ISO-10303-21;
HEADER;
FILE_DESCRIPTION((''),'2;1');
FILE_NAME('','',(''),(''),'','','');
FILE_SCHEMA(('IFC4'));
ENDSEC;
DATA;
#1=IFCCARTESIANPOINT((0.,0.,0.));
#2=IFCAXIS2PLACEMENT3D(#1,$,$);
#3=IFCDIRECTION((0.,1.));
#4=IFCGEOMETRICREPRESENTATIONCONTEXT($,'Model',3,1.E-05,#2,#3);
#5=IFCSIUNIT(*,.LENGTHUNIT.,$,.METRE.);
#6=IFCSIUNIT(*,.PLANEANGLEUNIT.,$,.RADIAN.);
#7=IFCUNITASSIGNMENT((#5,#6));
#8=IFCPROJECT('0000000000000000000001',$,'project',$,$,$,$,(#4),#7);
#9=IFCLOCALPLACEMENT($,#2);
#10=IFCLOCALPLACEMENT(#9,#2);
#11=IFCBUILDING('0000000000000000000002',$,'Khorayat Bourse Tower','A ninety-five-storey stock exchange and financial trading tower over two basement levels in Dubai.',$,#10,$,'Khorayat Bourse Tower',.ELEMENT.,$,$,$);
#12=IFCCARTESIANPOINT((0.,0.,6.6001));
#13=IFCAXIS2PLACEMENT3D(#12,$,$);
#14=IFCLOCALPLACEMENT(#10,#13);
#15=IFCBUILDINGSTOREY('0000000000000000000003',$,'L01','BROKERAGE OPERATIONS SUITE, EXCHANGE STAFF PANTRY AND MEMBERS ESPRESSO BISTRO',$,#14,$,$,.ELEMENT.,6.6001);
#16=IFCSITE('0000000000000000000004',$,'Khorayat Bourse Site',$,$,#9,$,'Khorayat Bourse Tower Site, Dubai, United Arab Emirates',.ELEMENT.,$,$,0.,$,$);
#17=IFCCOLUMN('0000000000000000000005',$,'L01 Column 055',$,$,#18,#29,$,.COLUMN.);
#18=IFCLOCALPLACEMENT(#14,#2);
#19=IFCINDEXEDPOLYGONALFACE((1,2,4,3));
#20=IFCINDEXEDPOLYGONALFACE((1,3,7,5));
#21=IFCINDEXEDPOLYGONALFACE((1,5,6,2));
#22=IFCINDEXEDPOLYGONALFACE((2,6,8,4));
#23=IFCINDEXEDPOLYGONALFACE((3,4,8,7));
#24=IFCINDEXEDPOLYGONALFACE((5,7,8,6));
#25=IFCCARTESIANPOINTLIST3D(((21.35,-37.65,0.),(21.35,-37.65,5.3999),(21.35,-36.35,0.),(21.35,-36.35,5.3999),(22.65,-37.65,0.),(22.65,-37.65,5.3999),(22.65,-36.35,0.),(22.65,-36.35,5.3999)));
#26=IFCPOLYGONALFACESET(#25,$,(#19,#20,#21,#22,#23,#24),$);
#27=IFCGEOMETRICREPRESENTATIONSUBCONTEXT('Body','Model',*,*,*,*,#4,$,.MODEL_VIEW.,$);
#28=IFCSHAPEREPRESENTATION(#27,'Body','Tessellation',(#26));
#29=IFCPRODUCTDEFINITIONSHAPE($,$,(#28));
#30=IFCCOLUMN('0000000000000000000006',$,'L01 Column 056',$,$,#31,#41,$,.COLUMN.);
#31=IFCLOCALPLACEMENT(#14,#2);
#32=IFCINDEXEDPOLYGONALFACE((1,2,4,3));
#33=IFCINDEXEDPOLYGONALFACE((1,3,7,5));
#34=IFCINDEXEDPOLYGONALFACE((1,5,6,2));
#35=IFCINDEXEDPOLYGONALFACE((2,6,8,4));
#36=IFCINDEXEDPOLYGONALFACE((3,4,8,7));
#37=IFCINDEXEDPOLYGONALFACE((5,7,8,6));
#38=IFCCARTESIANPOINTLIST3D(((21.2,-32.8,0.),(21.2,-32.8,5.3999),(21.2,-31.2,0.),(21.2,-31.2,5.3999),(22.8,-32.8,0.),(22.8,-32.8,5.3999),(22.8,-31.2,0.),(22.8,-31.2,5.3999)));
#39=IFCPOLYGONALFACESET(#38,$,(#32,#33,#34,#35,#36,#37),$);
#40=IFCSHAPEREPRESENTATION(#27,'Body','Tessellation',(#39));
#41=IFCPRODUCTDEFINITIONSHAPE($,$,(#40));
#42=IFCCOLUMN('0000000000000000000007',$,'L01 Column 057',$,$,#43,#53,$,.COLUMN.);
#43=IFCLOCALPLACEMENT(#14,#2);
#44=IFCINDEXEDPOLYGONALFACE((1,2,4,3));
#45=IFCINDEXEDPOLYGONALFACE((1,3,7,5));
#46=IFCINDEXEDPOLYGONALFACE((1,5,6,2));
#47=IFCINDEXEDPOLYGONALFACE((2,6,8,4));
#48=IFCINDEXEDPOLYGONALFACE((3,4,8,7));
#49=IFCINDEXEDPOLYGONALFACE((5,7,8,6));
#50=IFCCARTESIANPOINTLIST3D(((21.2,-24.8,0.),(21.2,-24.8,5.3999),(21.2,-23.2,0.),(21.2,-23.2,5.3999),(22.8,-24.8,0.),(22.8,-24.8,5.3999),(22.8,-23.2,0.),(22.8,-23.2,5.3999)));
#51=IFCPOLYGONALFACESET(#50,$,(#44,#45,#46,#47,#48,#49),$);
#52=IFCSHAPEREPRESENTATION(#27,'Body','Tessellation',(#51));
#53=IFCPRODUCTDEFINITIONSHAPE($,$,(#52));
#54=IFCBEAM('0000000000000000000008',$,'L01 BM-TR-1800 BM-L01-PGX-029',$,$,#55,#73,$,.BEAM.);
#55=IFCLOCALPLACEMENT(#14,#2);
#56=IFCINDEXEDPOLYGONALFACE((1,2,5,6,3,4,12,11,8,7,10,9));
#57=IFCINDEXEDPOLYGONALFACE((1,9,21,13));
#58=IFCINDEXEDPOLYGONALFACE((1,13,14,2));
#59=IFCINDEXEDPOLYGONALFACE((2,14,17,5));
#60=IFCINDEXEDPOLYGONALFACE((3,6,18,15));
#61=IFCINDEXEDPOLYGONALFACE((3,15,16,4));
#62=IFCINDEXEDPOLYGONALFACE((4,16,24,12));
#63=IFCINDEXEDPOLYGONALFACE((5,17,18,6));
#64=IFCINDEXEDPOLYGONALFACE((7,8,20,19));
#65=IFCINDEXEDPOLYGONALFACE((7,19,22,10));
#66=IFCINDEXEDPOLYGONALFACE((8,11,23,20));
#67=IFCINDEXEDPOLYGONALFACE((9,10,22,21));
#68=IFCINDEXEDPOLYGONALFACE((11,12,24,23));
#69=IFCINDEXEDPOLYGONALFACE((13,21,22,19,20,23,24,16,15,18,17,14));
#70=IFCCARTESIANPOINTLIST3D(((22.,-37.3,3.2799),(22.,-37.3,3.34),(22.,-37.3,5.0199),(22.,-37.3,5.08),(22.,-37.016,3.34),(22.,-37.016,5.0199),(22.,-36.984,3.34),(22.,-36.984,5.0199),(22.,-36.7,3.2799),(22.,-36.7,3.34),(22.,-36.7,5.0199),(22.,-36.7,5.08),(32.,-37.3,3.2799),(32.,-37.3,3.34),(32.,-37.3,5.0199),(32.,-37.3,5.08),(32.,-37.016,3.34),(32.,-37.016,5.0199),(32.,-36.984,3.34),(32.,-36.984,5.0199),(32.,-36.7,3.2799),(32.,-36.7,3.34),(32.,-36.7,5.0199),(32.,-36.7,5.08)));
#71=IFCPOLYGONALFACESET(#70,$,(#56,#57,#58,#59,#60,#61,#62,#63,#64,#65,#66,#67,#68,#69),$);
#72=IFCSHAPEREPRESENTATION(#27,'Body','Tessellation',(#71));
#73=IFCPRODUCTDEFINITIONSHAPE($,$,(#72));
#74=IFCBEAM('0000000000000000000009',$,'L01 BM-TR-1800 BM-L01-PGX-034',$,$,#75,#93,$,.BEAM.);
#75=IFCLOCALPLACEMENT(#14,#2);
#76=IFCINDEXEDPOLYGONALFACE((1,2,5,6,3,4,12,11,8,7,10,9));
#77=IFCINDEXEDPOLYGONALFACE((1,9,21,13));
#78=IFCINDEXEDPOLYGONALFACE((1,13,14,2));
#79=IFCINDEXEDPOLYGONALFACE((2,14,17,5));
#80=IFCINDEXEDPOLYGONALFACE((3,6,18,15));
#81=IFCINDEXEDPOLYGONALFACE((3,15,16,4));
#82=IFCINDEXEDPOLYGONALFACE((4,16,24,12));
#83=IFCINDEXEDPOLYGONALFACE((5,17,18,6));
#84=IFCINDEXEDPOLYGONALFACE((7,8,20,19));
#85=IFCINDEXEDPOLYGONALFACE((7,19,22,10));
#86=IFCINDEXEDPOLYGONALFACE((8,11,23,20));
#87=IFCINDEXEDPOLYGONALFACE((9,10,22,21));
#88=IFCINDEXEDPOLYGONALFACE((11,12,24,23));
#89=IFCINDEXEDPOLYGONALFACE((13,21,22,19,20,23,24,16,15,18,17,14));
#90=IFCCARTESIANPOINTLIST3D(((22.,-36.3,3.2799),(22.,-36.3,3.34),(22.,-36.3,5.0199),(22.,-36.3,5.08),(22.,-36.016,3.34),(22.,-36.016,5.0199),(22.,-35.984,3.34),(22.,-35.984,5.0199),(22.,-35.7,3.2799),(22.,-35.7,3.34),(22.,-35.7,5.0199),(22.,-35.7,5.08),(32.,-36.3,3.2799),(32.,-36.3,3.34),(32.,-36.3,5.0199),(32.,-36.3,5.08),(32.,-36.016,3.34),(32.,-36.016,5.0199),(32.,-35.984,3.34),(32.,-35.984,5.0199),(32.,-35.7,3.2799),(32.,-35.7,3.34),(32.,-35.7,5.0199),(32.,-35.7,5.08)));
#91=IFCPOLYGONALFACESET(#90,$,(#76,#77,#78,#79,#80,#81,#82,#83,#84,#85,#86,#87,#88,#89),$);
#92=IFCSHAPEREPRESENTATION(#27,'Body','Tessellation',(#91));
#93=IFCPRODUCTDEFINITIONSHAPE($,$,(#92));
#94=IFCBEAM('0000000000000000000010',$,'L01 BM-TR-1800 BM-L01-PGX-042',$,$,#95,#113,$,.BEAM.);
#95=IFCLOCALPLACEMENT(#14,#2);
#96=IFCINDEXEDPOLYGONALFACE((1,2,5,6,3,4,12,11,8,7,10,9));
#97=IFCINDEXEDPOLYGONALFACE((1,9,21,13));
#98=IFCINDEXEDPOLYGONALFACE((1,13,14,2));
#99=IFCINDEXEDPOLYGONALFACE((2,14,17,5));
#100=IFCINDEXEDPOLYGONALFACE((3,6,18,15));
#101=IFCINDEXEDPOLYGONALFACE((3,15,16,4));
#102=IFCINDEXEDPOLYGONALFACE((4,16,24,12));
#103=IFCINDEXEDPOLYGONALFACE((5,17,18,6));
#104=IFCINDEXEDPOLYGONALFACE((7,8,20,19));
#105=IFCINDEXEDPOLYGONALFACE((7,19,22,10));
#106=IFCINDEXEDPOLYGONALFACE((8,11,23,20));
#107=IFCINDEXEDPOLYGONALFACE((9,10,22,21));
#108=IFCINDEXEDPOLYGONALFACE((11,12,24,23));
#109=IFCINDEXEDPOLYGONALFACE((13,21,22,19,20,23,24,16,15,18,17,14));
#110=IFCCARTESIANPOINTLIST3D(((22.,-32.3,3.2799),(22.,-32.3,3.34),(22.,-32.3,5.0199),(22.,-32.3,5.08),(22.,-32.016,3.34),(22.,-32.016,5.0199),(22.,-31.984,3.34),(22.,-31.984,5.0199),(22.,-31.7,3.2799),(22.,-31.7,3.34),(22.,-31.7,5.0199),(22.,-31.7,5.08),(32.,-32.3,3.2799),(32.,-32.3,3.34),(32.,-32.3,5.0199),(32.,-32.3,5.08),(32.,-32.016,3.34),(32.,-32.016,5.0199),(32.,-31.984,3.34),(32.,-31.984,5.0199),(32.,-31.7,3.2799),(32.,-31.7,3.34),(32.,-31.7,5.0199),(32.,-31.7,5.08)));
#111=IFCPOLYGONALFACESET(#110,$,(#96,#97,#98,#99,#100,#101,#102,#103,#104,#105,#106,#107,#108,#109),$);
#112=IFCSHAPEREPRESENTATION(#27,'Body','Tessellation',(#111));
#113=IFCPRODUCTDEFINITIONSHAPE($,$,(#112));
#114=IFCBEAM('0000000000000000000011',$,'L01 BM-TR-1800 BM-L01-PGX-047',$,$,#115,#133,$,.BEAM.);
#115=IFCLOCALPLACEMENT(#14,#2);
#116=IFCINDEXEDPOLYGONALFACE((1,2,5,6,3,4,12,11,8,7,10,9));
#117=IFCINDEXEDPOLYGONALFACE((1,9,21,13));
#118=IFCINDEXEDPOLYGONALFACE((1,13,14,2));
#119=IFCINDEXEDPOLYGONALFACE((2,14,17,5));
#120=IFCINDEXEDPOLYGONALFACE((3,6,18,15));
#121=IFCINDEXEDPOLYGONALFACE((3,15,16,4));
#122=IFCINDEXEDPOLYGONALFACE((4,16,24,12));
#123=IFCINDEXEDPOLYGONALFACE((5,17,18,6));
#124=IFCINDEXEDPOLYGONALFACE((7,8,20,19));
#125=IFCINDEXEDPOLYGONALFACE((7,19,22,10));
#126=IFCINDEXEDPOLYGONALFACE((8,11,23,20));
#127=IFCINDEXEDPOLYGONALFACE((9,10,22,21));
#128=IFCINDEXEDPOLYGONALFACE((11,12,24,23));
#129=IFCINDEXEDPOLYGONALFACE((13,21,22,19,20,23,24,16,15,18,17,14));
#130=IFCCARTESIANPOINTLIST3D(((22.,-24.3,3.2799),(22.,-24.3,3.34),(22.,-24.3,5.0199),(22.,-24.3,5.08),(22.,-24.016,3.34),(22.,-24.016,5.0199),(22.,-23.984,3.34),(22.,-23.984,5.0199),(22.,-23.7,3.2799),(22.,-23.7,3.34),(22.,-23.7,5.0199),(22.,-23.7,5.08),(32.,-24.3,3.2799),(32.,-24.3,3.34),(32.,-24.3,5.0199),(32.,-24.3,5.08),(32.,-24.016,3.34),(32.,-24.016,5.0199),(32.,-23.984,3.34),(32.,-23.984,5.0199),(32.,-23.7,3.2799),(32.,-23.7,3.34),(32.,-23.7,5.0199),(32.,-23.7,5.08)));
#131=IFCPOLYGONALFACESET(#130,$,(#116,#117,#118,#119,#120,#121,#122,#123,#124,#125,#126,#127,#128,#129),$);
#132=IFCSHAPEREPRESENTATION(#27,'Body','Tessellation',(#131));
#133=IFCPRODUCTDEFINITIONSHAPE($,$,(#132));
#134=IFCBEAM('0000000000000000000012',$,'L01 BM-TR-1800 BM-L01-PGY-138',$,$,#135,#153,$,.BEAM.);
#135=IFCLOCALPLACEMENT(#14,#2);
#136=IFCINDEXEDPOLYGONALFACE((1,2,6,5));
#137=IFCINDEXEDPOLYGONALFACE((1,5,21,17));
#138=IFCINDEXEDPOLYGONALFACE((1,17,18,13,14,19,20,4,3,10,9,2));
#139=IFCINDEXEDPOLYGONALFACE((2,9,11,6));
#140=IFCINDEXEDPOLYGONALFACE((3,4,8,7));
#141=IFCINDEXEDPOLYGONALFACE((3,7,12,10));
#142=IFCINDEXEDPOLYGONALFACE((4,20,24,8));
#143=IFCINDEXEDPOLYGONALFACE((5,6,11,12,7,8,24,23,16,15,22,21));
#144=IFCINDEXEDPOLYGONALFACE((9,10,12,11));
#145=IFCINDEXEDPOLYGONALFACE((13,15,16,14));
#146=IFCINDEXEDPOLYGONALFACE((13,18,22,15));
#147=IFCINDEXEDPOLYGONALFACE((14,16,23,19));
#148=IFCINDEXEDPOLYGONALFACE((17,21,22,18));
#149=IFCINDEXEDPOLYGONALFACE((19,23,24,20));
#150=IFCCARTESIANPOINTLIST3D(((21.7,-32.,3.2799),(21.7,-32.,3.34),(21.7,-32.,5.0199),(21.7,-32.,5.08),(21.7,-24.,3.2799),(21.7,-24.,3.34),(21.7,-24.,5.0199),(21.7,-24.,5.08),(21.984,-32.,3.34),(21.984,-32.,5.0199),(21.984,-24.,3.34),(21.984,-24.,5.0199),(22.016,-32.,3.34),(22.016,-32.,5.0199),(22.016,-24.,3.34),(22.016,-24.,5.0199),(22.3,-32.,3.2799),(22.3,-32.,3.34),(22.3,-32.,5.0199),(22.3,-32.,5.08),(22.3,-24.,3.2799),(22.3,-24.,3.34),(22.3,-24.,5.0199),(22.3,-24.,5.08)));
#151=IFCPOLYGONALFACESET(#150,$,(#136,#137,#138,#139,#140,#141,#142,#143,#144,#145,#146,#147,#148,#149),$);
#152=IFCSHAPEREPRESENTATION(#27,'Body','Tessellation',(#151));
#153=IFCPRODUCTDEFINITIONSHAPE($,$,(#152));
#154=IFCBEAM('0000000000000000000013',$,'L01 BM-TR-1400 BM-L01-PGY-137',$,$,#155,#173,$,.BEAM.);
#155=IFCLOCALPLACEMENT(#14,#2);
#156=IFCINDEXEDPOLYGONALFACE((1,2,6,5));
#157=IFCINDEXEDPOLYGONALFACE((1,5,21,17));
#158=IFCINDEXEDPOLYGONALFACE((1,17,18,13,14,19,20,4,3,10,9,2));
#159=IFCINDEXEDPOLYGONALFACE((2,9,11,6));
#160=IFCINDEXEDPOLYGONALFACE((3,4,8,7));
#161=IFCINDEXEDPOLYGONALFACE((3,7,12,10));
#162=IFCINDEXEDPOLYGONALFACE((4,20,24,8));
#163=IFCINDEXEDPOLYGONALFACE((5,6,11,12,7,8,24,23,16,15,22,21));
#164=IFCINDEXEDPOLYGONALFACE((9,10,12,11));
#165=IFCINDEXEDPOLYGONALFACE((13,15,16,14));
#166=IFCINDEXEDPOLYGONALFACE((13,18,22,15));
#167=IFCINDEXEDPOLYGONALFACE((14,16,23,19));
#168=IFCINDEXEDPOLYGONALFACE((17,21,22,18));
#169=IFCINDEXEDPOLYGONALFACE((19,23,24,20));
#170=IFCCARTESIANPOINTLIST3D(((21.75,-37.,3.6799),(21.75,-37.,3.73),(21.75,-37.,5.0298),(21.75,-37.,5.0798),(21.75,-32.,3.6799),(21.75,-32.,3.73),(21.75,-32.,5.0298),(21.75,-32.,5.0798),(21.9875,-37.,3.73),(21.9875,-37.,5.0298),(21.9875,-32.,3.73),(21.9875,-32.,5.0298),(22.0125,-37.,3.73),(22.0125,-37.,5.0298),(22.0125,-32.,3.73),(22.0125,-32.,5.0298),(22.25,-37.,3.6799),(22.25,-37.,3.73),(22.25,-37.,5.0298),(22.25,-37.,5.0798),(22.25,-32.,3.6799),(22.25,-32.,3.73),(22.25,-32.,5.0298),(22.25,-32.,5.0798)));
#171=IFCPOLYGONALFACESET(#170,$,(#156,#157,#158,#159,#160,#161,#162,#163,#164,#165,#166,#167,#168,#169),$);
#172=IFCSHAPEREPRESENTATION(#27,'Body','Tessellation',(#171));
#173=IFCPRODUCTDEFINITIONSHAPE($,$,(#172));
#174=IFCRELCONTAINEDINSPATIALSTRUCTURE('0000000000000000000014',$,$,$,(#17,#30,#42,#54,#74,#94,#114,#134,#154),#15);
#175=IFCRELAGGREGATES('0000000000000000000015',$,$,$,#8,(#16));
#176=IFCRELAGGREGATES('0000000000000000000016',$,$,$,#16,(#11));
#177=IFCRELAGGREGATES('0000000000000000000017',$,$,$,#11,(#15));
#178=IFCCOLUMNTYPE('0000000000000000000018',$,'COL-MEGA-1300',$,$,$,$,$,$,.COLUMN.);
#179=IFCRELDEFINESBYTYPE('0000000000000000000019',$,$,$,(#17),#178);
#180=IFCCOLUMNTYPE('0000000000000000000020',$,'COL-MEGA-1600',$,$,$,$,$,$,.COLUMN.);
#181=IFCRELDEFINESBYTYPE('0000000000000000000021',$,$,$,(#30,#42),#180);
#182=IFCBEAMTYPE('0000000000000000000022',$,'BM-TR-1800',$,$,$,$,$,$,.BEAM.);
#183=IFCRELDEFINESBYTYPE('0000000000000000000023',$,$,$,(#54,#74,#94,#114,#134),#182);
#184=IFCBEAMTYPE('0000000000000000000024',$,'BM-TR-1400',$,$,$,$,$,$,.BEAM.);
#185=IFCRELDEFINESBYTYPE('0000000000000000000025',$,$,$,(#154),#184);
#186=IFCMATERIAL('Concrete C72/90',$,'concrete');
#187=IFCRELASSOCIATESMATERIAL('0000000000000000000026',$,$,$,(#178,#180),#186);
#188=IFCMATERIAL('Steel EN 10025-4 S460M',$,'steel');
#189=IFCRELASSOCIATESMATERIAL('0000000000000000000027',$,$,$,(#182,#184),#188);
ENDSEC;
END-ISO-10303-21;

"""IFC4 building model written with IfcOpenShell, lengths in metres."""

from ifc_helpers import new_model, si_unit, direction, frame, origin, origin_2d, place, context, subcontext, project, spatial, rectangle, i_section, extrude, source, transform, mapped, material, material_profile, profile_set, type_object, element, save


model = new_model("IFC4")

# Units and contexts
model_context = context("Model", 3, precision=1e-05, world=origin(), true_north=direction((0.0, 1.0)))
body_context = subcontext(model_context, "Body", "Model", "MODEL_VIEW")
ifc_project = project(units=[si_unit("LENGTHUNIT", "METRE"), si_unit("PLANEANGLEUNIT", "RADIAN")], contexts=[model_context])

# Site, building, storey
site_placement = place(None, origin())
site = spatial("IfcSite", under=ifc_project, at=site_placement, Name="Khorayat Bourse Site", LongName="Khorayat Bourse Tower Site, Dubai, United Arab Emirates", CompositionType="ELEMENT", RefElevation=0.0)
building_placement = place(site_placement, origin())
building = spatial("IfcBuilding", under=site, at=building_placement, Name="Khorayat Bourse Tower", Description="A ninety-five-storey stock exchange and financial trading tower over two basement levels in Dubai.", LongName="Khorayat Bourse Tower", CompositionType="ELEMENT")
storey_placement = place(building_placement, frame((0.0, 0.0, 6.6001)))
storey = spatial("IfcBuildingStorey", under=building, at=storey_placement, Name="L01", Description="BROKERAGE OPERATIONS SUITE, EXCHANGE STAFF PANTRY AND MEMBERS ESPRESSO BISTRO", CompositionType="ELEMENT", Elevation=6.6001)

# Columns
ifc_material_1 = material(Name="Concrete C72/90", Category="concrete")
ifc_material_profile_1 = material_profile(ifc_material_1, rectangle(XDim=1.3, YDim=1.3, at=origin_2d()), Name="RC 1300x1300")
ifc_profile_set_1 = profile_set([ifc_material_profile_1], Name="Concrete C72/90")
column_type_1 = type_object("IfcColumnType", Name="COL-MEGA-1300", PredefinedType="COLUMN", material=ifc_profile_set_1)
shared_shape_1 = source(origin(), body_context, "Body", "SweptSolid", [
    extrude(rectangle(XDim=1.3, YDim=1.3, at=origin_2d()), origin(), (0.0, 0.0, 1.0), 5.3999),
])
column_placement = place(storey_placement, frame((22.0, -37.0, 0.0), z_axis=(0.0, 0.0, 1.0), x_axis=(1.0, 0.0, 0.0)))
element("IfcColumn", 1, at=column_placement, inside=storey, type_object=column_type_1, Name="L01 Column 055", PredefinedType="COLUMN", context=body_context, shape_type="MappedRepresentation", body=[
    mapped(shared_shape_1, transform((0.0, 0.0, 0.0), scale=1.0)),
])
ifc_material_profile_2 = material_profile(ifc_material_1, rectangle(XDim=1.6001, YDim=1.6001, at=origin_2d()), Name="RC 1600x1600")
ifc_profile_set_2 = profile_set([ifc_material_profile_2], Name="Concrete C72/90")
column_type_2 = type_object("IfcColumnType", Name="COL-MEGA-1600", PredefinedType="COLUMN", material=ifc_profile_set_2)
shared_shape_2 = source(origin(), body_context, "Body", "SweptSolid", [
    extrude(rectangle(XDim=1.6001, YDim=1.6001, at=origin_2d()), origin(), (0.0, 0.0, 1.0), 5.3999),
])
for number, where, z_axis, x_axis, name in (
    (2, (22.0, -32.0, 0.0), (0.0, 0.0, 1.0), (1.0, 0.0, 0.0), "L01 Column 056"),
    (3, (22.0, -24.0, 0.0), (0.0, 0.0, 1.0), (1.0, 0.0, 0.0), "L01 Column 057"),
):
    element("IfcColumn", number, at=place(storey_placement, frame(where, z_axis=z_axis, x_axis=x_axis)), inside=storey, type_object=column_type_2, Name=name, PredefinedType="COLUMN", context=body_context, shape_type="MappedRepresentation", body=[
        mapped(shared_shape_2, transform((0.0, 0.0, 0.0), scale=1.0)),
    ])

# Beams
ifc_material_2 = material(Name="Steel EN 10025-4 S460M", Category="steel")
ifc_material_profile_3 = material_profile(ifc_material_2, i_section(OverallWidth=0.6001, OverallDepth=1.8, WebThickness=0.032, FlangeThickness=0.0601, at=origin_2d()), Name="PG 1800x600x32x60")
ifc_profile_set_3 = profile_set([ifc_material_profile_3], Name="Steel EN 10025-4 S460M")
beam_type_1 = type_object("IfcBeamType", Name="BM-TR-1800", PredefinedType="BEAM", material=ifc_profile_set_3)
shared_shape_3 = source(origin(), body_context, "Body", "SweptSolid", [
    extrude(i_section(OverallWidth=0.6001, OverallDepth=1.8, WebThickness=0.032, FlangeThickness=0.0601, at=origin_2d()), origin(), (0.0, 0.0, 1.0), 10.0),
])
for number, where, z_axis, x_axis, name in (
    (4, (22.0, -37.0, 4.1799), (1.0, 0.0, 0.0), (0.0, 1.0, 0.0), "L01 BM-TR-1800 BM-L01-PGX-029"),
    (5, (22.0, -36.0, 4.1799), (1.0, 0.0, 0.0), (0.0, 1.0, 0.0), "L01 BM-TR-1800 BM-L01-PGX-034"),
    (6, (22.0, -32.0, 4.1799), (1.0, 0.0, 0.0), (0.0, 1.0, 0.0), "L01 BM-TR-1800 BM-L01-PGX-042"),
    (7, (22.0, -24.0, 4.1799), (1.0, 0.0, 0.0), (0.0, 1.0, 0.0), "L01 BM-TR-1800 BM-L01-PGX-047"),
):
    element("IfcBeam", number, at=place(storey_placement, frame(where, z_axis=z_axis, x_axis=x_axis)), inside=storey, type_object=beam_type_1, Name=name, PredefinedType="BEAM", context=body_context, shape_type="MappedRepresentation", body=[
        mapped(shared_shape_3, transform((0.0, 0.0, 0.0), scale=1.0)),
    ])
shared_shape_4 = source(origin(), body_context, "Body", "SweptSolid", [
    extrude(i_section(OverallWidth=0.6001, OverallDepth=1.8, WebThickness=0.032, FlangeThickness=0.0601, at=origin_2d()), origin(), (0.0, 0.0, 1.0), 8.0),
])
beam_1_placement = place(storey_placement, frame((22.0, -32.0, 4.1799), z_axis=(0.0, 1.0, 0.0), x_axis=(-1.0, 0.0, 0.0)))
element("IfcBeam", 8, at=beam_1_placement, inside=storey, type_object=beam_type_1, Name="L01 BM-TR-1800 BM-L01-PGY-138", PredefinedType="BEAM", context=body_context, shape_type="MappedRepresentation", body=[
    mapped(shared_shape_4, transform((0.0, 0.0, 0.0), scale=1.0)),
])
ifc_material_profile_4 = material_profile(ifc_material_2, i_section(OverallWidth=0.5, OverallDepth=1.3999, WebThickness=0.0249, FlangeThickness=0.05, at=origin_2d()), Name="PG 1400x500x25x50")
ifc_profile_set_4 = profile_set([ifc_material_profile_4], Name="Steel EN 10025-4 S460M")
beam_type_2 = type_object("IfcBeamType", Name="BM-TR-1400", PredefinedType="BEAM", material=ifc_profile_set_4)
shared_shape_5 = source(origin(), body_context, "Body", "SweptSolid", [
    extrude(i_section(OverallWidth=0.5, OverallDepth=1.3999, WebThickness=0.0249, FlangeThickness=0.05, at=origin_2d()), origin(), (0.0, 0.0, 1.0), 5.0),
])
beam_2_placement = place(storey_placement, frame((22.0, -37.0, 4.3799), z_axis=(0.0, 1.0, 0.0), x_axis=(-1.0, 0.0, 0.0)))
element("IfcBeam", 9, at=beam_2_placement, inside=storey, type_object=beam_type_2, Name="L01 BM-TR-1400 BM-L01-PGY-137", PredefinedType="BEAM", context=body_context, shape_type="MappedRepresentation", body=[
    mapped(shared_shape_5, transform((0.0, 0.0, 0.0), scale=1.0)),
])

save(model, "model.ifc")
